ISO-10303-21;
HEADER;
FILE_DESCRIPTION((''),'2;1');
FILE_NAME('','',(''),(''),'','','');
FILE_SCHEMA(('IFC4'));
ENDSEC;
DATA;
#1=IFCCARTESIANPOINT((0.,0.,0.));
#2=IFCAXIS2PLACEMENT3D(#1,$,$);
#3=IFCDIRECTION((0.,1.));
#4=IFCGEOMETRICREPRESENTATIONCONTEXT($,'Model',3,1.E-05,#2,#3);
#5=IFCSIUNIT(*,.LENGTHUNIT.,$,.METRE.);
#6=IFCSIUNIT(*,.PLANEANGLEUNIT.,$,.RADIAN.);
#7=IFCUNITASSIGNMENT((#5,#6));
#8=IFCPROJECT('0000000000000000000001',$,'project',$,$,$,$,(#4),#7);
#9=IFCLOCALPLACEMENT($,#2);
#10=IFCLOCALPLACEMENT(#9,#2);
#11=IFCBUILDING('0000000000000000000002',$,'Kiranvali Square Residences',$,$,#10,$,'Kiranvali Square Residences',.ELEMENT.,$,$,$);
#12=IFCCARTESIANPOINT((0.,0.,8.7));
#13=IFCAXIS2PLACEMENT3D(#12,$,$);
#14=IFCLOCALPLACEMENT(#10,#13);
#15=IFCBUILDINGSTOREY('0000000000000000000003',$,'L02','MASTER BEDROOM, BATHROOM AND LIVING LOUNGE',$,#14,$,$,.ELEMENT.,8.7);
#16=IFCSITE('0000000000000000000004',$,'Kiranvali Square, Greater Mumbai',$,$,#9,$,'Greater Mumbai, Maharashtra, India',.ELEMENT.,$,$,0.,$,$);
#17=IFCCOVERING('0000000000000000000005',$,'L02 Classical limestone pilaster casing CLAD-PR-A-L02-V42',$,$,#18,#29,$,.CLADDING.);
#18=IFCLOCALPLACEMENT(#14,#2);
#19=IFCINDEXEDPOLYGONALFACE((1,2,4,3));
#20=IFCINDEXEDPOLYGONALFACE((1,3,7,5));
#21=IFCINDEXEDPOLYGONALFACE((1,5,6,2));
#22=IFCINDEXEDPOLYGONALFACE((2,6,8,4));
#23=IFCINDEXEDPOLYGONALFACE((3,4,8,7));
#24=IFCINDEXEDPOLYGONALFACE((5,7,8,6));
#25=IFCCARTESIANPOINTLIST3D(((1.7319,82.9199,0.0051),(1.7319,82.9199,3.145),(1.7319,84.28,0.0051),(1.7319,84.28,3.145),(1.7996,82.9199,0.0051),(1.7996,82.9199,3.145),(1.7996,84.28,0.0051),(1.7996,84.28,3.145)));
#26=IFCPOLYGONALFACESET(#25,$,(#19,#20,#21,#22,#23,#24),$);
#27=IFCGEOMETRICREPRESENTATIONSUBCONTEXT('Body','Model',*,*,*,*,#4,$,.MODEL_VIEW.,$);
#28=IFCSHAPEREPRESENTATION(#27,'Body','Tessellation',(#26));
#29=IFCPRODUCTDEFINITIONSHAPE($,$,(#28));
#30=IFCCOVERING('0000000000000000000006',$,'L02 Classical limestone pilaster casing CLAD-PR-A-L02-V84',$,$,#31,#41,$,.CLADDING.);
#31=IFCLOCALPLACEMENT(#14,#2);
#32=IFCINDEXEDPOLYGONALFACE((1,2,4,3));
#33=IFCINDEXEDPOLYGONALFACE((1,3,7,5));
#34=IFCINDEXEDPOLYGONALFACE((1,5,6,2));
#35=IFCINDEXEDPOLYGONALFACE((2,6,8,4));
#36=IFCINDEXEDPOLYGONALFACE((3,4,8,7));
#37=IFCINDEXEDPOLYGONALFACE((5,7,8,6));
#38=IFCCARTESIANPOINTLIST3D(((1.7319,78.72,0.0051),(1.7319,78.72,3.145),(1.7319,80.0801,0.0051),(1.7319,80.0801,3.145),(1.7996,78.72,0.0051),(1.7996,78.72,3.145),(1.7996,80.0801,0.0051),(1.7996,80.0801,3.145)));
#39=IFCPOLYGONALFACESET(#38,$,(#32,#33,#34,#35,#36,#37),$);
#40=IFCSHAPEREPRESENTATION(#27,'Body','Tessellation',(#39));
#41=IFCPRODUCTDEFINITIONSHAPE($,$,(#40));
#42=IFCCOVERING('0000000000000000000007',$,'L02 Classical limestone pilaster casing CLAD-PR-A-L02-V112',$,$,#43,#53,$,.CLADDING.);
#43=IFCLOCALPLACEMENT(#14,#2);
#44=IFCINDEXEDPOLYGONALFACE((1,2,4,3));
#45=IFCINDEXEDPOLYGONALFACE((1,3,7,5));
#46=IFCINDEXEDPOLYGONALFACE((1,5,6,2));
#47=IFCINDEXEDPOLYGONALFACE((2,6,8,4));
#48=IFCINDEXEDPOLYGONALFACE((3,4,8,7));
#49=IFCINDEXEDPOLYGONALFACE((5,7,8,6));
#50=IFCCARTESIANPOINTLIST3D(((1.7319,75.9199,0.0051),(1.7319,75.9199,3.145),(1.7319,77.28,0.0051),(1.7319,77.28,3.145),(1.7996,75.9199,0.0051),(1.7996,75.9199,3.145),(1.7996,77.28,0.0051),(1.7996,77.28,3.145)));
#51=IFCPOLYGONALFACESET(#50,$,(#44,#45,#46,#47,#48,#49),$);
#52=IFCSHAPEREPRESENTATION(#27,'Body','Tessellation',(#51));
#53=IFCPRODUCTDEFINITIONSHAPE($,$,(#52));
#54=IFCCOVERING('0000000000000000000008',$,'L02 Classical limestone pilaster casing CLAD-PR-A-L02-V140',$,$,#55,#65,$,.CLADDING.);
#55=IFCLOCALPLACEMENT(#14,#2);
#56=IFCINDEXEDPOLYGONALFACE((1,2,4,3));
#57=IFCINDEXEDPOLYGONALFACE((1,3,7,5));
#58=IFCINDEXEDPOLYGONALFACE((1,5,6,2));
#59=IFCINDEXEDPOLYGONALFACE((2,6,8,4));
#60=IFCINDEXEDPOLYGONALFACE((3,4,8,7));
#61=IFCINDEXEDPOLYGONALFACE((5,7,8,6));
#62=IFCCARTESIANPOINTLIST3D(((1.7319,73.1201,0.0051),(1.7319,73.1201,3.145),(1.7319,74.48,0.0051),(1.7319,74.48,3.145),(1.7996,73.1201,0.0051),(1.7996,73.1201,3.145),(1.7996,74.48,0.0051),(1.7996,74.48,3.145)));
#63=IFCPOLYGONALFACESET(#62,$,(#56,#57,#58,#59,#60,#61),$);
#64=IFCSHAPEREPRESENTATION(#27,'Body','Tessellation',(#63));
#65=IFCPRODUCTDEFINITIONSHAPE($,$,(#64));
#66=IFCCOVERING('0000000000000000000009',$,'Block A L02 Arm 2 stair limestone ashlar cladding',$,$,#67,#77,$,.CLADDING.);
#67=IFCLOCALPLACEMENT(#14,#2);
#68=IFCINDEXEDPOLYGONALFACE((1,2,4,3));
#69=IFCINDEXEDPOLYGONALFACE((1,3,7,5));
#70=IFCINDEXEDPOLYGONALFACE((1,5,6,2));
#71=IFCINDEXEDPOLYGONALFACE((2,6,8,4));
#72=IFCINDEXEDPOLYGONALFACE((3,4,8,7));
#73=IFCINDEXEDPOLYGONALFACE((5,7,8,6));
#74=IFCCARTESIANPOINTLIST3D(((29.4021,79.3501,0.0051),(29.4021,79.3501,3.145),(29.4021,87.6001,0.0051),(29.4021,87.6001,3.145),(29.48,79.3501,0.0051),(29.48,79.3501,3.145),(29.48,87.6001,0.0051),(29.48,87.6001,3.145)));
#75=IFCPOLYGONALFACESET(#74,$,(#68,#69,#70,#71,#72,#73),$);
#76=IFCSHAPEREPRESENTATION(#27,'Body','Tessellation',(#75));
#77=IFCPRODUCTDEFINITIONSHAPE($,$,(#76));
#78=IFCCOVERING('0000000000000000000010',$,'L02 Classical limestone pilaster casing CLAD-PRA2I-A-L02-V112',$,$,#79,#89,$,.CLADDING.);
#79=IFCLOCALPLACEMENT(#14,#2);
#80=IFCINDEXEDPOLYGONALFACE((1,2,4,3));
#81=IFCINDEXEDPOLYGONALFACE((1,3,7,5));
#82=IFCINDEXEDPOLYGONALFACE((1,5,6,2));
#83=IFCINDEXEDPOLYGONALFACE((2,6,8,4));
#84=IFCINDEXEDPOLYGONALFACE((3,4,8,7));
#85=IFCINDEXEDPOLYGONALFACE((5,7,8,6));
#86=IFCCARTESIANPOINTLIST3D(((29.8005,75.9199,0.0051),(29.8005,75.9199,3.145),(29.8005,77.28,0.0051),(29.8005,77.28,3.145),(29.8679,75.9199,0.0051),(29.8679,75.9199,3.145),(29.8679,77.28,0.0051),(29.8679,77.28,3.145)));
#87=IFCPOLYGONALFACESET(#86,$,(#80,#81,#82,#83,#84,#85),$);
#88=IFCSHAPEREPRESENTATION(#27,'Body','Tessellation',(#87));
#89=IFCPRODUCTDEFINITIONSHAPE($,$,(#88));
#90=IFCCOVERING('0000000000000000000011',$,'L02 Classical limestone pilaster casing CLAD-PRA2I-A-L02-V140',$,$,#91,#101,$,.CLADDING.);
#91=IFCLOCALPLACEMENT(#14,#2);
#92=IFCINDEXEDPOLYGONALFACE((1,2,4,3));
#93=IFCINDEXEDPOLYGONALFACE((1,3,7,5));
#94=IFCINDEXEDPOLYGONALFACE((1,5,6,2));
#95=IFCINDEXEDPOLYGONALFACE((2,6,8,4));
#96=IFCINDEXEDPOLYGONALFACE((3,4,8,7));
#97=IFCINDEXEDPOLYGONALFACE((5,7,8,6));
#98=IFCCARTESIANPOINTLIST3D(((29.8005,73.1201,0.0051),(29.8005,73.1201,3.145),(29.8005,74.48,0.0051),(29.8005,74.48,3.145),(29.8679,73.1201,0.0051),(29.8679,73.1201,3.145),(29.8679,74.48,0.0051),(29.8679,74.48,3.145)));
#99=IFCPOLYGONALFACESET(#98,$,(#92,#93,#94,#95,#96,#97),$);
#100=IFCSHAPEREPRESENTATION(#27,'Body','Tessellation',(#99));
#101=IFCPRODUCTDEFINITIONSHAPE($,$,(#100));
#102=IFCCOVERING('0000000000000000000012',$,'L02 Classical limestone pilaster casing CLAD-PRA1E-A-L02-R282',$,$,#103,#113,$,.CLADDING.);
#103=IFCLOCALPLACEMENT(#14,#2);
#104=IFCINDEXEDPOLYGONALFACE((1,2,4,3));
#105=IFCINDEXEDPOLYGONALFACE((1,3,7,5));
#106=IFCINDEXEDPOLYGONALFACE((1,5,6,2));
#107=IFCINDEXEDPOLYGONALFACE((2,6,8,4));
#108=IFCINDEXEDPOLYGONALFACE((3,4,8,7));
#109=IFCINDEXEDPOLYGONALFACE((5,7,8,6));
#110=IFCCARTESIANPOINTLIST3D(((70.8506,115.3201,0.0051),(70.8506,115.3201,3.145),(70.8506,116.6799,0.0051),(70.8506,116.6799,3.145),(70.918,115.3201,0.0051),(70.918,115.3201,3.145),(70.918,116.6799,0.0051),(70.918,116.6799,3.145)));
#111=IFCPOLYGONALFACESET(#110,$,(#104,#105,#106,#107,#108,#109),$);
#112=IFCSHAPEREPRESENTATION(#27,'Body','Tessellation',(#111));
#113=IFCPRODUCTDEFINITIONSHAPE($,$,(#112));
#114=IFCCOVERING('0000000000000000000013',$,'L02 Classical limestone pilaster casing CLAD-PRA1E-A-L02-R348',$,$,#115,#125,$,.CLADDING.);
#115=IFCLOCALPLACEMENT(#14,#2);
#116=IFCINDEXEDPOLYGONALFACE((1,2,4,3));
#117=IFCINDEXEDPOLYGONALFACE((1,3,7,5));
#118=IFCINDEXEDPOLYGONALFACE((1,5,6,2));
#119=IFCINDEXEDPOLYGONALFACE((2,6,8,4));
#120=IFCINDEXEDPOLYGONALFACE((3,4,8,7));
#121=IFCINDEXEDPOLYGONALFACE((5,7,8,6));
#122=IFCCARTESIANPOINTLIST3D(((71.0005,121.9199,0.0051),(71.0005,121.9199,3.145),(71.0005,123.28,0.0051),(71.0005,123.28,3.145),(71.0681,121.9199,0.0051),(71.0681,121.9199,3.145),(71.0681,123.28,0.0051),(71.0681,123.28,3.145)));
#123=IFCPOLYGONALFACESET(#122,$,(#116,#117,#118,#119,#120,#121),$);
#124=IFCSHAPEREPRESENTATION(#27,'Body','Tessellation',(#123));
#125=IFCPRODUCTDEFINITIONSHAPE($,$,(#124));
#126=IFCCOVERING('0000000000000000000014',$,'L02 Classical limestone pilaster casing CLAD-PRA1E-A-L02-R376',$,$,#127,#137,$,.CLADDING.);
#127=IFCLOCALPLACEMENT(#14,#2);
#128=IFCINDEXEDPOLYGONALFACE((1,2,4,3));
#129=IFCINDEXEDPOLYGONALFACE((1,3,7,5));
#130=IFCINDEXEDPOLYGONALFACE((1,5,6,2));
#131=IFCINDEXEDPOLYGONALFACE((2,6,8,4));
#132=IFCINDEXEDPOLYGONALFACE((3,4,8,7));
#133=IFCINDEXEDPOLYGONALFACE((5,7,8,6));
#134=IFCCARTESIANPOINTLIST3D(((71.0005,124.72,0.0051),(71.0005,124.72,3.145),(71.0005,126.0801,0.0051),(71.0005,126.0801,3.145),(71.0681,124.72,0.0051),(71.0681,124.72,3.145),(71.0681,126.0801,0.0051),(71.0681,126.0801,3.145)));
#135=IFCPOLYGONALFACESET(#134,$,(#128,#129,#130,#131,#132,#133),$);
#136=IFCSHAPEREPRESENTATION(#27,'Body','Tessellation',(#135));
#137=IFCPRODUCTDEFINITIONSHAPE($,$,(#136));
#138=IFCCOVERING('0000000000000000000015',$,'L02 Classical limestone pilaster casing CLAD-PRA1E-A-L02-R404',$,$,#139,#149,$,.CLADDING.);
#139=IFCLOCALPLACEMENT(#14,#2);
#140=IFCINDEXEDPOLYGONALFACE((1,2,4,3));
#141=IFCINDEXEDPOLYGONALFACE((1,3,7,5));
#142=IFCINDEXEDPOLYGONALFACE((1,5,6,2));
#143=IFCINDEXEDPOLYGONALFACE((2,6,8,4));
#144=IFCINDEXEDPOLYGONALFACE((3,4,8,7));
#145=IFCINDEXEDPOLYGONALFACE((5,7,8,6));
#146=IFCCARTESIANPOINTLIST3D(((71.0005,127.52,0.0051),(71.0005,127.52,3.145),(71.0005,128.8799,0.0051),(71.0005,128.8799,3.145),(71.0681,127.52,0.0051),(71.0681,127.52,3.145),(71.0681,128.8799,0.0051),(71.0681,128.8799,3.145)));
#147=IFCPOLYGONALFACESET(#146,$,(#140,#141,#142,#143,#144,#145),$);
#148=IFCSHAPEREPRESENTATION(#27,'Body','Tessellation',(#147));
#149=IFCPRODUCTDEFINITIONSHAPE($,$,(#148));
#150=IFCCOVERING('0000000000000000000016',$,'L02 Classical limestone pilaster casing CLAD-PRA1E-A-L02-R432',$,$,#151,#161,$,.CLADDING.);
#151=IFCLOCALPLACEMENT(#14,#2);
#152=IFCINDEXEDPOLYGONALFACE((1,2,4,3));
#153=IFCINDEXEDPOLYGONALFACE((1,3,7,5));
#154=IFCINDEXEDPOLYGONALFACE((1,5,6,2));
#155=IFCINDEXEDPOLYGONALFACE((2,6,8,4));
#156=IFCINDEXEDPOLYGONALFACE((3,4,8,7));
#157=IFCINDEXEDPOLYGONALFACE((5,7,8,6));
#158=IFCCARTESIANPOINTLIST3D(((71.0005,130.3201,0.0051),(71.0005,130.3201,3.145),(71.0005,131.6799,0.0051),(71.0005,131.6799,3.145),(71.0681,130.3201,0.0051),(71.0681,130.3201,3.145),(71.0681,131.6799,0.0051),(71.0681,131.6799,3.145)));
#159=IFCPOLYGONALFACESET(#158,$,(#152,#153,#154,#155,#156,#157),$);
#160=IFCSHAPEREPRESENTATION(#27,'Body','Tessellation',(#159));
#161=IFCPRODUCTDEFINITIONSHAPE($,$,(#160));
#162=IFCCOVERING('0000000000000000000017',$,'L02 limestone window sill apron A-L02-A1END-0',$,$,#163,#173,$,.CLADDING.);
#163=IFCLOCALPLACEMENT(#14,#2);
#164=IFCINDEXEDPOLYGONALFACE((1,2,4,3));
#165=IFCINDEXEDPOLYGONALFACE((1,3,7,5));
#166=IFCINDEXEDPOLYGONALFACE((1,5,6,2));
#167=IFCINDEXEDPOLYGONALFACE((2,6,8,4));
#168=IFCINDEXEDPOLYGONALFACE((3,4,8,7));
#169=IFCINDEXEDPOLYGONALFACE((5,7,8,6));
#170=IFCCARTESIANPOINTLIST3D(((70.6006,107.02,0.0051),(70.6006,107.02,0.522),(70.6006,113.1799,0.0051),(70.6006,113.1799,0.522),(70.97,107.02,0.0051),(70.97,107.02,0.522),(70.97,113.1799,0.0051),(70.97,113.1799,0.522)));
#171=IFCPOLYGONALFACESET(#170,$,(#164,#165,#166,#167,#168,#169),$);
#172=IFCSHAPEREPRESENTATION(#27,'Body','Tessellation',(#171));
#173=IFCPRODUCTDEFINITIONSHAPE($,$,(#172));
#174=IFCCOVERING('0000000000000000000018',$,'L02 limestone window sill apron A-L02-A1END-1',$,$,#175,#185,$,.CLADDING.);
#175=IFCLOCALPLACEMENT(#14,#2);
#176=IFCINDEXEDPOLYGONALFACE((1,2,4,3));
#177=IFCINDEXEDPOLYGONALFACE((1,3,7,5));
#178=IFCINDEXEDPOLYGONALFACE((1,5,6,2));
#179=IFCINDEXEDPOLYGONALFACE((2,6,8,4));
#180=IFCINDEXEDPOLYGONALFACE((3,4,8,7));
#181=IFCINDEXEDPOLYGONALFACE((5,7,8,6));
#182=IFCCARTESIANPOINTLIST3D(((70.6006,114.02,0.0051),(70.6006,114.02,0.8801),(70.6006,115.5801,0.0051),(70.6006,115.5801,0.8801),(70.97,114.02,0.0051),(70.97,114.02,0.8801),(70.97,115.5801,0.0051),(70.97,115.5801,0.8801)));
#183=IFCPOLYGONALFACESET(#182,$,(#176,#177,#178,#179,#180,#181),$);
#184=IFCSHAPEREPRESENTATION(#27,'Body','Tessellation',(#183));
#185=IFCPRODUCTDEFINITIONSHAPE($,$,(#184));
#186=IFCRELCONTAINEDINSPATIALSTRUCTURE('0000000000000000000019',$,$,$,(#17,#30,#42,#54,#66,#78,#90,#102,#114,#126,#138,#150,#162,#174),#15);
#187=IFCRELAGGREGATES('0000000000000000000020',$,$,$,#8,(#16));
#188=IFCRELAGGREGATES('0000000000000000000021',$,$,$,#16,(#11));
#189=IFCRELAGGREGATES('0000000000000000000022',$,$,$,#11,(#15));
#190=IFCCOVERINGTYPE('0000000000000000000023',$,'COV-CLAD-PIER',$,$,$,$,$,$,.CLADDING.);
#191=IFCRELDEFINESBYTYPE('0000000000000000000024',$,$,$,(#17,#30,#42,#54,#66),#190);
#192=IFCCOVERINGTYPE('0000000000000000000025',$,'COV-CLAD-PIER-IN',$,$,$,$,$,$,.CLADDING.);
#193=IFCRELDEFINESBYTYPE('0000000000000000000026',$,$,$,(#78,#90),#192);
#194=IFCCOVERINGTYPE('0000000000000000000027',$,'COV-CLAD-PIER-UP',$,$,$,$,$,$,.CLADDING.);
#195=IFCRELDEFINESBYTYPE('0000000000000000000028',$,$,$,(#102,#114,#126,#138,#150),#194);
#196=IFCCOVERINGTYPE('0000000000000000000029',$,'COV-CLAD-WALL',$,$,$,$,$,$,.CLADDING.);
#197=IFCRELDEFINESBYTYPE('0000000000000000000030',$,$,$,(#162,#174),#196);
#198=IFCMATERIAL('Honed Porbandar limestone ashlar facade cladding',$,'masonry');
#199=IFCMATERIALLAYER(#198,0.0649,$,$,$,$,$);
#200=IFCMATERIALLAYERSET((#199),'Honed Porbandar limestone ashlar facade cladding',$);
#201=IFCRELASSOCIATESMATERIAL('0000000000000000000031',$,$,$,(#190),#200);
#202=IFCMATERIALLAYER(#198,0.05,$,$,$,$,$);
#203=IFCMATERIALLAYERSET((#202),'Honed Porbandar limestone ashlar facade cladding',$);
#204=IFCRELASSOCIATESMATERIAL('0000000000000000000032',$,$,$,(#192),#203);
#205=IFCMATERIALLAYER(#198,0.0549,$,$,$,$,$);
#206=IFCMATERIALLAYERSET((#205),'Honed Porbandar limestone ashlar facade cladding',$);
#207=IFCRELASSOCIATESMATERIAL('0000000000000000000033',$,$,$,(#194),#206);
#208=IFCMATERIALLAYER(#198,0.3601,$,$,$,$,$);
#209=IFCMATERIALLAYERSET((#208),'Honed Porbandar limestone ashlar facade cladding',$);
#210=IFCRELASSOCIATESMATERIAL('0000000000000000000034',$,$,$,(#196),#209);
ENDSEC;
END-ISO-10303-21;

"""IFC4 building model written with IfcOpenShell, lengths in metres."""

from ifc_helpers import new_model, si_unit, direction, frame, origin, place, context, subcontext, project, spatial, polyline, outline, extrude, material, layer, layer_set, type_object, element, save


model = new_model("IFC4")

# Units and contexts
model_context = context("Model", 3, precision=1e-05, world=origin(), true_north=direction((0.0, 1.0)))
body_context = subcontext(model_context, "Body", "Model", "MODEL_VIEW")
ifc_project = project(units=[si_unit("LENGTHUNIT", "METRE"), si_unit("PLANEANGLEUNIT", "RADIAN")], contexts=[model_context])

# Site, building, storey
site_placement = place(None, origin())
site = spatial("IfcSite", under=ifc_project, at=site_placement, Name="Kiranvali Square, Greater Mumbai", LongName="Greater Mumbai, Maharashtra, India", CompositionType="ELEMENT", RefElevation=0.0)
building_placement = place(site_placement, origin())
building = spatial("IfcBuilding", under=site, at=building_placement, Name="Kiranvali Square Residences", LongName="Kiranvali Square Residences", CompositionType="ELEMENT")
storey_placement = place(building_placement, frame((0.0, 0.0, 8.7)))
storey = spatial("IfcBuildingStorey", under=building, at=storey_placement, Name="L02", Description="MASTER BEDROOM, BATHROOM AND LIVING LOUNGE", CompositionType="ELEMENT", Elevation=8.7)

# Coverings
ifc_material = material(Name="Honed Porbandar limestone ashlar facade cladding", Category="masonry")
ifc_layer_1 = layer(ifc_material, 0.0649)
ifc_layer_set_1 = layer_set([ifc_layer_1], Name="Honed Porbandar limestone ashlar facade cladding")
covering_type_1 = type_object("IfcCoveringType", Name="COV-CLAD-PIER", PredefinedType="CLADDING", material=ifc_layer_set_1)
covering_1_placement = place(storey_placement, frame((0.0, 0.0, 0.0051)))
element("IfcCovering", 1, at=covering_1_placement, inside=storey, type_object=covering_type_1, Name="L02 Classical limestone pilaster casing CLAD-PR-A-L02-V42", PredefinedType="CLADDING", context=body_context, shape_type="SweptSolid", body=[
    extrude(outline(polyline([(1.7319, 84.28), (1.7319, 82.9199), (1.7996, 82.9199), (1.7996, 84.28), (1.7319, 84.28)])), origin(), (0.0, 0.0, 1.0), 3.1399),
])
covering_2_placement = place(storey_placement, frame((0.0, 0.0, 0.0051)))
element("IfcCovering", 2, at=covering_2_placement, inside=storey, type_object=covering_type_1, Name="L02 Classical limestone pilaster casing CLAD-PR-A-L02-V84", PredefinedType="CLADDING", context=body_context, shape_type="SweptSolid", body=[
    extrude(outline(polyline([(1.7319, 80.0801), (1.7319, 78.72), (1.7996, 78.72), (1.7996, 80.0801), (1.7319, 80.0801)])), origin(), (0.0, 0.0, 1.0), 3.1399),
])
covering_3_placement = place(storey_placement, frame((0.0, 0.0, 0.0051)))
element("IfcCovering", 3, at=covering_3_placement, inside=storey, type_object=covering_type_1, Name="L02 Classical limestone pilaster casing CLAD-PR-A-L02-V112", PredefinedType="CLADDING", context=body_context, shape_type="SweptSolid", body=[
    extrude(outline(polyline([(1.7319, 77.28), (1.7319, 75.9199), (1.7996, 75.9199), (1.7996, 77.28), (1.7319, 77.28)])), origin(), (0.0, 0.0, 1.0), 3.1399),
])
covering_4_placement = place(storey_placement, frame((0.0, 0.0, 0.0051)))
element("IfcCovering", 4, at=covering_4_placement, inside=storey, type_object=covering_type_1, Name="L02 Classical limestone pilaster casing CLAD-PR-A-L02-V140", PredefinedType="CLADDING", context=body_context, shape_type="SweptSolid", body=[
    extrude(outline(polyline([(1.7319, 74.48), (1.7319, 73.1201), (1.7996, 73.1201), (1.7996, 74.48), (1.7319, 74.48)])), origin(), (0.0, 0.0, 1.0), 3.1399),
])
covering_5_placement = place(storey_placement, frame((0.0, 0.0, 0.0051)))
element("IfcCovering", 5, at=covering_5_placement, inside=storey, type_object=covering_type_1, Name="Block A L02 Arm 2 stair limestone ashlar cladding", PredefinedType="CLADDING", context=body_context, shape_type="SweptSolid", body=[
    extrude(outline(polyline([(29.4021, 87.6001), (29.4021, 79.3501), (29.48, 79.3501), (29.48, 87.6001), (29.4021, 87.6001)])), origin(), (0.0, 0.0, 1.0), 3.1399),
])
ifc_layer_2 = layer(ifc_material, 0.05)
ifc_layer_set_2 = layer_set([ifc_layer_2], Name="Honed Porbandar limestone ashlar facade cladding")
covering_type_2 = type_object("IfcCoveringType", Name="COV-CLAD-PIER-IN", PredefinedType="CLADDING", material=ifc_layer_set_2)
covering_6_placement = place(storey_placement, frame((0.0, 0.0, 0.0051)))
element("IfcCovering", 6, at=covering_6_placement, inside=storey, type_object=covering_type_2, Name="L02 Classical limestone pilaster casing CLAD-PRA2I-A-L02-V112", PredefinedType="CLADDING", context=body_context, shape_type="SweptSolid", body=[
    extrude(outline(polyline([(29.8005, 77.28), (29.8005, 75.9199), (29.8679, 75.9199), (29.8679, 77.28), (29.8005, 77.28)])), origin(), (0.0, 0.0, 1.0), 3.1399),
])
covering_7_placement = place(storey_placement, frame((0.0, 0.0, 0.0051)))
element("IfcCovering", 7, at=covering_7_placement, inside=storey, type_object=covering_type_2, Name="L02 Classical limestone pilaster casing CLAD-PRA2I-A-L02-V140", PredefinedType="CLADDING", context=body_context, shape_type="SweptSolid", body=[
    extrude(outline(polyline([(29.8005, 74.48), (29.8005, 73.1201), (29.8679, 73.1201), (29.8679, 74.48), (29.8005, 74.48)])), origin(), (0.0, 0.0, 1.0), 3.1399),
])
ifc_layer_3 = layer(ifc_material, 0.0549)
ifc_layer_set_3 = layer_set([ifc_layer_3], Name="Honed Porbandar limestone ashlar facade cladding")
covering_type_3 = type_object("IfcCoveringType", Name="COV-CLAD-PIER-UP", PredefinedType="CLADDING", material=ifc_layer_set_3)
covering_8_placement = place(storey_placement, frame((0.0, 0.0, 0.0051)))
element("IfcCovering", 8, at=covering_8_placement, inside=storey, type_object=covering_type_3, Name="L02 Classical limestone pilaster casing CLAD-PRA1E-A-L02-R282", PredefinedType="CLADDING", context=body_context, shape_type="SweptSolid", body=[
    extrude(outline(polyline([(70.918, 115.3201), (70.918, 116.6799), (70.8506, 116.6799), (70.8506, 115.3201), (70.918, 115.3201)])), origin(), (0.0, 0.0, 1.0), 3.1399),
])
covering_9_placement = place(storey_placement, frame((0.0, 0.0, 0.0051)))
element("IfcCovering", 9, at=covering_9_placement, inside=storey, type_object=covering_type_3, Name="L02 Classical limestone pilaster casing CLAD-PRA1E-A-L02-R348", PredefinedType="CLADDING", context=body_context, shape_type="SweptSolid", body=[
    extrude(outline(polyline([(71.0681, 121.9199), (71.0681, 123.28), (71.0005, 123.28), (71.0005, 121.9199), (71.0681, 121.9199)])), origin(), (0.0, 0.0, 1.0), 3.1399),
])
covering_10_placement = place(storey_placement, frame((0.0, 0.0, 0.0051)))
element("IfcCovering", 10, at=covering_10_placement, inside=storey, type_object=covering_type_3, Name="L02 Classical limestone pilaster casing CLAD-PRA1E-A-L02-R376", PredefinedType="CLADDING", context=body_context, shape_type="SweptSolid", body=[
    extrude(outline(polyline([(71.0681, 124.72), (71.0681, 126.0801), (71.0005, 126.0801), (71.0005, 124.72), (71.0681, 124.72)])), origin(), (0.0, 0.0, 1.0), 3.1399),
])
covering_11_placement = place(storey_placement, frame((0.0, 0.0, 0.0051)))
element("IfcCovering", 11, at=covering_11_placement, inside=storey, type_object=covering_type_3, Name="L02 Classical limestone pilaster casing CLAD-PRA1E-A-L02-R404", PredefinedType="CLADDING", context=body_context, shape_type="SweptSolid", body=[
    extrude(outline(polyline([(71.0681, 127.52), (71.0681, 128.8799), (71.0005, 128.8799), (71.0005, 127.52), (71.0681, 127.52)])), origin(), (0.0, 0.0, 1.0), 3.1399),
])
covering_12_placement = place(storey_placement, frame((0.0, 0.0, 0.0051)))
element("IfcCovering", 12, at=covering_12_placement, inside=storey, type_object=covering_type_3, Name="L02 Classical limestone pilaster casing CLAD-PRA1E-A-L02-R432", PredefinedType="CLADDING", context=body_context, shape_type="SweptSolid", body=[
    extrude(outline(polyline([(71.0681, 130.3201), (71.0681, 131.6799), (71.0005, 131.6799), (71.0005, 130.3201), (71.0681, 130.3201)])), origin(), (0.0, 0.0, 1.0), 3.1399),
])
ifc_layer_4 = layer(ifc_material, 0.3601)
ifc_layer_set_4 = layer_set([ifc_layer_4], Name="Honed Porbandar limestone ashlar facade cladding")
covering_type_4 = type_object("IfcCoveringType", Name="COV-CLAD-WALL", PredefinedType="CLADDING", material=ifc_layer_set_4)
covering_13_placement = place(storey_placement, frame((0.0, 0.0, 0.0051)))
element("IfcCovering", 13, at=covering_13_placement, inside=storey, type_object=covering_type_4, Name="L02 limestone window sill apron A-L02-A1END-0", PredefinedType="CLADDING", context=body_context, shape_type="SweptSolid", body=[
    extrude(outline(polyline([(70.97, 107.02), (70.97, 113.1799), (70.6006, 113.1799), (70.6006, 107.02), (70.97, 107.02)])), origin(), (0.0, 0.0, 1.0), 0.5168),
])
covering_14_placement = place(storey_placement, frame((0.0, 0.0, 0.0051)))
element("IfcCovering", 14, at=covering_14_placement, inside=storey, type_object=covering_type_4, Name="L02 limestone window sill apron A-L02-A1END-1", PredefinedType="CLADDING", context=body_context, shape_type="SweptSolid", body=[
    extrude(outline(polyline([(70.97, 114.02), (70.97, 115.5801), (70.6006, 115.5801), (70.6006, 114.02), (70.97, 114.02)])), origin(), (0.0, 0.0, 1.0), 0.875),
])

save(model, "model.ifc")
